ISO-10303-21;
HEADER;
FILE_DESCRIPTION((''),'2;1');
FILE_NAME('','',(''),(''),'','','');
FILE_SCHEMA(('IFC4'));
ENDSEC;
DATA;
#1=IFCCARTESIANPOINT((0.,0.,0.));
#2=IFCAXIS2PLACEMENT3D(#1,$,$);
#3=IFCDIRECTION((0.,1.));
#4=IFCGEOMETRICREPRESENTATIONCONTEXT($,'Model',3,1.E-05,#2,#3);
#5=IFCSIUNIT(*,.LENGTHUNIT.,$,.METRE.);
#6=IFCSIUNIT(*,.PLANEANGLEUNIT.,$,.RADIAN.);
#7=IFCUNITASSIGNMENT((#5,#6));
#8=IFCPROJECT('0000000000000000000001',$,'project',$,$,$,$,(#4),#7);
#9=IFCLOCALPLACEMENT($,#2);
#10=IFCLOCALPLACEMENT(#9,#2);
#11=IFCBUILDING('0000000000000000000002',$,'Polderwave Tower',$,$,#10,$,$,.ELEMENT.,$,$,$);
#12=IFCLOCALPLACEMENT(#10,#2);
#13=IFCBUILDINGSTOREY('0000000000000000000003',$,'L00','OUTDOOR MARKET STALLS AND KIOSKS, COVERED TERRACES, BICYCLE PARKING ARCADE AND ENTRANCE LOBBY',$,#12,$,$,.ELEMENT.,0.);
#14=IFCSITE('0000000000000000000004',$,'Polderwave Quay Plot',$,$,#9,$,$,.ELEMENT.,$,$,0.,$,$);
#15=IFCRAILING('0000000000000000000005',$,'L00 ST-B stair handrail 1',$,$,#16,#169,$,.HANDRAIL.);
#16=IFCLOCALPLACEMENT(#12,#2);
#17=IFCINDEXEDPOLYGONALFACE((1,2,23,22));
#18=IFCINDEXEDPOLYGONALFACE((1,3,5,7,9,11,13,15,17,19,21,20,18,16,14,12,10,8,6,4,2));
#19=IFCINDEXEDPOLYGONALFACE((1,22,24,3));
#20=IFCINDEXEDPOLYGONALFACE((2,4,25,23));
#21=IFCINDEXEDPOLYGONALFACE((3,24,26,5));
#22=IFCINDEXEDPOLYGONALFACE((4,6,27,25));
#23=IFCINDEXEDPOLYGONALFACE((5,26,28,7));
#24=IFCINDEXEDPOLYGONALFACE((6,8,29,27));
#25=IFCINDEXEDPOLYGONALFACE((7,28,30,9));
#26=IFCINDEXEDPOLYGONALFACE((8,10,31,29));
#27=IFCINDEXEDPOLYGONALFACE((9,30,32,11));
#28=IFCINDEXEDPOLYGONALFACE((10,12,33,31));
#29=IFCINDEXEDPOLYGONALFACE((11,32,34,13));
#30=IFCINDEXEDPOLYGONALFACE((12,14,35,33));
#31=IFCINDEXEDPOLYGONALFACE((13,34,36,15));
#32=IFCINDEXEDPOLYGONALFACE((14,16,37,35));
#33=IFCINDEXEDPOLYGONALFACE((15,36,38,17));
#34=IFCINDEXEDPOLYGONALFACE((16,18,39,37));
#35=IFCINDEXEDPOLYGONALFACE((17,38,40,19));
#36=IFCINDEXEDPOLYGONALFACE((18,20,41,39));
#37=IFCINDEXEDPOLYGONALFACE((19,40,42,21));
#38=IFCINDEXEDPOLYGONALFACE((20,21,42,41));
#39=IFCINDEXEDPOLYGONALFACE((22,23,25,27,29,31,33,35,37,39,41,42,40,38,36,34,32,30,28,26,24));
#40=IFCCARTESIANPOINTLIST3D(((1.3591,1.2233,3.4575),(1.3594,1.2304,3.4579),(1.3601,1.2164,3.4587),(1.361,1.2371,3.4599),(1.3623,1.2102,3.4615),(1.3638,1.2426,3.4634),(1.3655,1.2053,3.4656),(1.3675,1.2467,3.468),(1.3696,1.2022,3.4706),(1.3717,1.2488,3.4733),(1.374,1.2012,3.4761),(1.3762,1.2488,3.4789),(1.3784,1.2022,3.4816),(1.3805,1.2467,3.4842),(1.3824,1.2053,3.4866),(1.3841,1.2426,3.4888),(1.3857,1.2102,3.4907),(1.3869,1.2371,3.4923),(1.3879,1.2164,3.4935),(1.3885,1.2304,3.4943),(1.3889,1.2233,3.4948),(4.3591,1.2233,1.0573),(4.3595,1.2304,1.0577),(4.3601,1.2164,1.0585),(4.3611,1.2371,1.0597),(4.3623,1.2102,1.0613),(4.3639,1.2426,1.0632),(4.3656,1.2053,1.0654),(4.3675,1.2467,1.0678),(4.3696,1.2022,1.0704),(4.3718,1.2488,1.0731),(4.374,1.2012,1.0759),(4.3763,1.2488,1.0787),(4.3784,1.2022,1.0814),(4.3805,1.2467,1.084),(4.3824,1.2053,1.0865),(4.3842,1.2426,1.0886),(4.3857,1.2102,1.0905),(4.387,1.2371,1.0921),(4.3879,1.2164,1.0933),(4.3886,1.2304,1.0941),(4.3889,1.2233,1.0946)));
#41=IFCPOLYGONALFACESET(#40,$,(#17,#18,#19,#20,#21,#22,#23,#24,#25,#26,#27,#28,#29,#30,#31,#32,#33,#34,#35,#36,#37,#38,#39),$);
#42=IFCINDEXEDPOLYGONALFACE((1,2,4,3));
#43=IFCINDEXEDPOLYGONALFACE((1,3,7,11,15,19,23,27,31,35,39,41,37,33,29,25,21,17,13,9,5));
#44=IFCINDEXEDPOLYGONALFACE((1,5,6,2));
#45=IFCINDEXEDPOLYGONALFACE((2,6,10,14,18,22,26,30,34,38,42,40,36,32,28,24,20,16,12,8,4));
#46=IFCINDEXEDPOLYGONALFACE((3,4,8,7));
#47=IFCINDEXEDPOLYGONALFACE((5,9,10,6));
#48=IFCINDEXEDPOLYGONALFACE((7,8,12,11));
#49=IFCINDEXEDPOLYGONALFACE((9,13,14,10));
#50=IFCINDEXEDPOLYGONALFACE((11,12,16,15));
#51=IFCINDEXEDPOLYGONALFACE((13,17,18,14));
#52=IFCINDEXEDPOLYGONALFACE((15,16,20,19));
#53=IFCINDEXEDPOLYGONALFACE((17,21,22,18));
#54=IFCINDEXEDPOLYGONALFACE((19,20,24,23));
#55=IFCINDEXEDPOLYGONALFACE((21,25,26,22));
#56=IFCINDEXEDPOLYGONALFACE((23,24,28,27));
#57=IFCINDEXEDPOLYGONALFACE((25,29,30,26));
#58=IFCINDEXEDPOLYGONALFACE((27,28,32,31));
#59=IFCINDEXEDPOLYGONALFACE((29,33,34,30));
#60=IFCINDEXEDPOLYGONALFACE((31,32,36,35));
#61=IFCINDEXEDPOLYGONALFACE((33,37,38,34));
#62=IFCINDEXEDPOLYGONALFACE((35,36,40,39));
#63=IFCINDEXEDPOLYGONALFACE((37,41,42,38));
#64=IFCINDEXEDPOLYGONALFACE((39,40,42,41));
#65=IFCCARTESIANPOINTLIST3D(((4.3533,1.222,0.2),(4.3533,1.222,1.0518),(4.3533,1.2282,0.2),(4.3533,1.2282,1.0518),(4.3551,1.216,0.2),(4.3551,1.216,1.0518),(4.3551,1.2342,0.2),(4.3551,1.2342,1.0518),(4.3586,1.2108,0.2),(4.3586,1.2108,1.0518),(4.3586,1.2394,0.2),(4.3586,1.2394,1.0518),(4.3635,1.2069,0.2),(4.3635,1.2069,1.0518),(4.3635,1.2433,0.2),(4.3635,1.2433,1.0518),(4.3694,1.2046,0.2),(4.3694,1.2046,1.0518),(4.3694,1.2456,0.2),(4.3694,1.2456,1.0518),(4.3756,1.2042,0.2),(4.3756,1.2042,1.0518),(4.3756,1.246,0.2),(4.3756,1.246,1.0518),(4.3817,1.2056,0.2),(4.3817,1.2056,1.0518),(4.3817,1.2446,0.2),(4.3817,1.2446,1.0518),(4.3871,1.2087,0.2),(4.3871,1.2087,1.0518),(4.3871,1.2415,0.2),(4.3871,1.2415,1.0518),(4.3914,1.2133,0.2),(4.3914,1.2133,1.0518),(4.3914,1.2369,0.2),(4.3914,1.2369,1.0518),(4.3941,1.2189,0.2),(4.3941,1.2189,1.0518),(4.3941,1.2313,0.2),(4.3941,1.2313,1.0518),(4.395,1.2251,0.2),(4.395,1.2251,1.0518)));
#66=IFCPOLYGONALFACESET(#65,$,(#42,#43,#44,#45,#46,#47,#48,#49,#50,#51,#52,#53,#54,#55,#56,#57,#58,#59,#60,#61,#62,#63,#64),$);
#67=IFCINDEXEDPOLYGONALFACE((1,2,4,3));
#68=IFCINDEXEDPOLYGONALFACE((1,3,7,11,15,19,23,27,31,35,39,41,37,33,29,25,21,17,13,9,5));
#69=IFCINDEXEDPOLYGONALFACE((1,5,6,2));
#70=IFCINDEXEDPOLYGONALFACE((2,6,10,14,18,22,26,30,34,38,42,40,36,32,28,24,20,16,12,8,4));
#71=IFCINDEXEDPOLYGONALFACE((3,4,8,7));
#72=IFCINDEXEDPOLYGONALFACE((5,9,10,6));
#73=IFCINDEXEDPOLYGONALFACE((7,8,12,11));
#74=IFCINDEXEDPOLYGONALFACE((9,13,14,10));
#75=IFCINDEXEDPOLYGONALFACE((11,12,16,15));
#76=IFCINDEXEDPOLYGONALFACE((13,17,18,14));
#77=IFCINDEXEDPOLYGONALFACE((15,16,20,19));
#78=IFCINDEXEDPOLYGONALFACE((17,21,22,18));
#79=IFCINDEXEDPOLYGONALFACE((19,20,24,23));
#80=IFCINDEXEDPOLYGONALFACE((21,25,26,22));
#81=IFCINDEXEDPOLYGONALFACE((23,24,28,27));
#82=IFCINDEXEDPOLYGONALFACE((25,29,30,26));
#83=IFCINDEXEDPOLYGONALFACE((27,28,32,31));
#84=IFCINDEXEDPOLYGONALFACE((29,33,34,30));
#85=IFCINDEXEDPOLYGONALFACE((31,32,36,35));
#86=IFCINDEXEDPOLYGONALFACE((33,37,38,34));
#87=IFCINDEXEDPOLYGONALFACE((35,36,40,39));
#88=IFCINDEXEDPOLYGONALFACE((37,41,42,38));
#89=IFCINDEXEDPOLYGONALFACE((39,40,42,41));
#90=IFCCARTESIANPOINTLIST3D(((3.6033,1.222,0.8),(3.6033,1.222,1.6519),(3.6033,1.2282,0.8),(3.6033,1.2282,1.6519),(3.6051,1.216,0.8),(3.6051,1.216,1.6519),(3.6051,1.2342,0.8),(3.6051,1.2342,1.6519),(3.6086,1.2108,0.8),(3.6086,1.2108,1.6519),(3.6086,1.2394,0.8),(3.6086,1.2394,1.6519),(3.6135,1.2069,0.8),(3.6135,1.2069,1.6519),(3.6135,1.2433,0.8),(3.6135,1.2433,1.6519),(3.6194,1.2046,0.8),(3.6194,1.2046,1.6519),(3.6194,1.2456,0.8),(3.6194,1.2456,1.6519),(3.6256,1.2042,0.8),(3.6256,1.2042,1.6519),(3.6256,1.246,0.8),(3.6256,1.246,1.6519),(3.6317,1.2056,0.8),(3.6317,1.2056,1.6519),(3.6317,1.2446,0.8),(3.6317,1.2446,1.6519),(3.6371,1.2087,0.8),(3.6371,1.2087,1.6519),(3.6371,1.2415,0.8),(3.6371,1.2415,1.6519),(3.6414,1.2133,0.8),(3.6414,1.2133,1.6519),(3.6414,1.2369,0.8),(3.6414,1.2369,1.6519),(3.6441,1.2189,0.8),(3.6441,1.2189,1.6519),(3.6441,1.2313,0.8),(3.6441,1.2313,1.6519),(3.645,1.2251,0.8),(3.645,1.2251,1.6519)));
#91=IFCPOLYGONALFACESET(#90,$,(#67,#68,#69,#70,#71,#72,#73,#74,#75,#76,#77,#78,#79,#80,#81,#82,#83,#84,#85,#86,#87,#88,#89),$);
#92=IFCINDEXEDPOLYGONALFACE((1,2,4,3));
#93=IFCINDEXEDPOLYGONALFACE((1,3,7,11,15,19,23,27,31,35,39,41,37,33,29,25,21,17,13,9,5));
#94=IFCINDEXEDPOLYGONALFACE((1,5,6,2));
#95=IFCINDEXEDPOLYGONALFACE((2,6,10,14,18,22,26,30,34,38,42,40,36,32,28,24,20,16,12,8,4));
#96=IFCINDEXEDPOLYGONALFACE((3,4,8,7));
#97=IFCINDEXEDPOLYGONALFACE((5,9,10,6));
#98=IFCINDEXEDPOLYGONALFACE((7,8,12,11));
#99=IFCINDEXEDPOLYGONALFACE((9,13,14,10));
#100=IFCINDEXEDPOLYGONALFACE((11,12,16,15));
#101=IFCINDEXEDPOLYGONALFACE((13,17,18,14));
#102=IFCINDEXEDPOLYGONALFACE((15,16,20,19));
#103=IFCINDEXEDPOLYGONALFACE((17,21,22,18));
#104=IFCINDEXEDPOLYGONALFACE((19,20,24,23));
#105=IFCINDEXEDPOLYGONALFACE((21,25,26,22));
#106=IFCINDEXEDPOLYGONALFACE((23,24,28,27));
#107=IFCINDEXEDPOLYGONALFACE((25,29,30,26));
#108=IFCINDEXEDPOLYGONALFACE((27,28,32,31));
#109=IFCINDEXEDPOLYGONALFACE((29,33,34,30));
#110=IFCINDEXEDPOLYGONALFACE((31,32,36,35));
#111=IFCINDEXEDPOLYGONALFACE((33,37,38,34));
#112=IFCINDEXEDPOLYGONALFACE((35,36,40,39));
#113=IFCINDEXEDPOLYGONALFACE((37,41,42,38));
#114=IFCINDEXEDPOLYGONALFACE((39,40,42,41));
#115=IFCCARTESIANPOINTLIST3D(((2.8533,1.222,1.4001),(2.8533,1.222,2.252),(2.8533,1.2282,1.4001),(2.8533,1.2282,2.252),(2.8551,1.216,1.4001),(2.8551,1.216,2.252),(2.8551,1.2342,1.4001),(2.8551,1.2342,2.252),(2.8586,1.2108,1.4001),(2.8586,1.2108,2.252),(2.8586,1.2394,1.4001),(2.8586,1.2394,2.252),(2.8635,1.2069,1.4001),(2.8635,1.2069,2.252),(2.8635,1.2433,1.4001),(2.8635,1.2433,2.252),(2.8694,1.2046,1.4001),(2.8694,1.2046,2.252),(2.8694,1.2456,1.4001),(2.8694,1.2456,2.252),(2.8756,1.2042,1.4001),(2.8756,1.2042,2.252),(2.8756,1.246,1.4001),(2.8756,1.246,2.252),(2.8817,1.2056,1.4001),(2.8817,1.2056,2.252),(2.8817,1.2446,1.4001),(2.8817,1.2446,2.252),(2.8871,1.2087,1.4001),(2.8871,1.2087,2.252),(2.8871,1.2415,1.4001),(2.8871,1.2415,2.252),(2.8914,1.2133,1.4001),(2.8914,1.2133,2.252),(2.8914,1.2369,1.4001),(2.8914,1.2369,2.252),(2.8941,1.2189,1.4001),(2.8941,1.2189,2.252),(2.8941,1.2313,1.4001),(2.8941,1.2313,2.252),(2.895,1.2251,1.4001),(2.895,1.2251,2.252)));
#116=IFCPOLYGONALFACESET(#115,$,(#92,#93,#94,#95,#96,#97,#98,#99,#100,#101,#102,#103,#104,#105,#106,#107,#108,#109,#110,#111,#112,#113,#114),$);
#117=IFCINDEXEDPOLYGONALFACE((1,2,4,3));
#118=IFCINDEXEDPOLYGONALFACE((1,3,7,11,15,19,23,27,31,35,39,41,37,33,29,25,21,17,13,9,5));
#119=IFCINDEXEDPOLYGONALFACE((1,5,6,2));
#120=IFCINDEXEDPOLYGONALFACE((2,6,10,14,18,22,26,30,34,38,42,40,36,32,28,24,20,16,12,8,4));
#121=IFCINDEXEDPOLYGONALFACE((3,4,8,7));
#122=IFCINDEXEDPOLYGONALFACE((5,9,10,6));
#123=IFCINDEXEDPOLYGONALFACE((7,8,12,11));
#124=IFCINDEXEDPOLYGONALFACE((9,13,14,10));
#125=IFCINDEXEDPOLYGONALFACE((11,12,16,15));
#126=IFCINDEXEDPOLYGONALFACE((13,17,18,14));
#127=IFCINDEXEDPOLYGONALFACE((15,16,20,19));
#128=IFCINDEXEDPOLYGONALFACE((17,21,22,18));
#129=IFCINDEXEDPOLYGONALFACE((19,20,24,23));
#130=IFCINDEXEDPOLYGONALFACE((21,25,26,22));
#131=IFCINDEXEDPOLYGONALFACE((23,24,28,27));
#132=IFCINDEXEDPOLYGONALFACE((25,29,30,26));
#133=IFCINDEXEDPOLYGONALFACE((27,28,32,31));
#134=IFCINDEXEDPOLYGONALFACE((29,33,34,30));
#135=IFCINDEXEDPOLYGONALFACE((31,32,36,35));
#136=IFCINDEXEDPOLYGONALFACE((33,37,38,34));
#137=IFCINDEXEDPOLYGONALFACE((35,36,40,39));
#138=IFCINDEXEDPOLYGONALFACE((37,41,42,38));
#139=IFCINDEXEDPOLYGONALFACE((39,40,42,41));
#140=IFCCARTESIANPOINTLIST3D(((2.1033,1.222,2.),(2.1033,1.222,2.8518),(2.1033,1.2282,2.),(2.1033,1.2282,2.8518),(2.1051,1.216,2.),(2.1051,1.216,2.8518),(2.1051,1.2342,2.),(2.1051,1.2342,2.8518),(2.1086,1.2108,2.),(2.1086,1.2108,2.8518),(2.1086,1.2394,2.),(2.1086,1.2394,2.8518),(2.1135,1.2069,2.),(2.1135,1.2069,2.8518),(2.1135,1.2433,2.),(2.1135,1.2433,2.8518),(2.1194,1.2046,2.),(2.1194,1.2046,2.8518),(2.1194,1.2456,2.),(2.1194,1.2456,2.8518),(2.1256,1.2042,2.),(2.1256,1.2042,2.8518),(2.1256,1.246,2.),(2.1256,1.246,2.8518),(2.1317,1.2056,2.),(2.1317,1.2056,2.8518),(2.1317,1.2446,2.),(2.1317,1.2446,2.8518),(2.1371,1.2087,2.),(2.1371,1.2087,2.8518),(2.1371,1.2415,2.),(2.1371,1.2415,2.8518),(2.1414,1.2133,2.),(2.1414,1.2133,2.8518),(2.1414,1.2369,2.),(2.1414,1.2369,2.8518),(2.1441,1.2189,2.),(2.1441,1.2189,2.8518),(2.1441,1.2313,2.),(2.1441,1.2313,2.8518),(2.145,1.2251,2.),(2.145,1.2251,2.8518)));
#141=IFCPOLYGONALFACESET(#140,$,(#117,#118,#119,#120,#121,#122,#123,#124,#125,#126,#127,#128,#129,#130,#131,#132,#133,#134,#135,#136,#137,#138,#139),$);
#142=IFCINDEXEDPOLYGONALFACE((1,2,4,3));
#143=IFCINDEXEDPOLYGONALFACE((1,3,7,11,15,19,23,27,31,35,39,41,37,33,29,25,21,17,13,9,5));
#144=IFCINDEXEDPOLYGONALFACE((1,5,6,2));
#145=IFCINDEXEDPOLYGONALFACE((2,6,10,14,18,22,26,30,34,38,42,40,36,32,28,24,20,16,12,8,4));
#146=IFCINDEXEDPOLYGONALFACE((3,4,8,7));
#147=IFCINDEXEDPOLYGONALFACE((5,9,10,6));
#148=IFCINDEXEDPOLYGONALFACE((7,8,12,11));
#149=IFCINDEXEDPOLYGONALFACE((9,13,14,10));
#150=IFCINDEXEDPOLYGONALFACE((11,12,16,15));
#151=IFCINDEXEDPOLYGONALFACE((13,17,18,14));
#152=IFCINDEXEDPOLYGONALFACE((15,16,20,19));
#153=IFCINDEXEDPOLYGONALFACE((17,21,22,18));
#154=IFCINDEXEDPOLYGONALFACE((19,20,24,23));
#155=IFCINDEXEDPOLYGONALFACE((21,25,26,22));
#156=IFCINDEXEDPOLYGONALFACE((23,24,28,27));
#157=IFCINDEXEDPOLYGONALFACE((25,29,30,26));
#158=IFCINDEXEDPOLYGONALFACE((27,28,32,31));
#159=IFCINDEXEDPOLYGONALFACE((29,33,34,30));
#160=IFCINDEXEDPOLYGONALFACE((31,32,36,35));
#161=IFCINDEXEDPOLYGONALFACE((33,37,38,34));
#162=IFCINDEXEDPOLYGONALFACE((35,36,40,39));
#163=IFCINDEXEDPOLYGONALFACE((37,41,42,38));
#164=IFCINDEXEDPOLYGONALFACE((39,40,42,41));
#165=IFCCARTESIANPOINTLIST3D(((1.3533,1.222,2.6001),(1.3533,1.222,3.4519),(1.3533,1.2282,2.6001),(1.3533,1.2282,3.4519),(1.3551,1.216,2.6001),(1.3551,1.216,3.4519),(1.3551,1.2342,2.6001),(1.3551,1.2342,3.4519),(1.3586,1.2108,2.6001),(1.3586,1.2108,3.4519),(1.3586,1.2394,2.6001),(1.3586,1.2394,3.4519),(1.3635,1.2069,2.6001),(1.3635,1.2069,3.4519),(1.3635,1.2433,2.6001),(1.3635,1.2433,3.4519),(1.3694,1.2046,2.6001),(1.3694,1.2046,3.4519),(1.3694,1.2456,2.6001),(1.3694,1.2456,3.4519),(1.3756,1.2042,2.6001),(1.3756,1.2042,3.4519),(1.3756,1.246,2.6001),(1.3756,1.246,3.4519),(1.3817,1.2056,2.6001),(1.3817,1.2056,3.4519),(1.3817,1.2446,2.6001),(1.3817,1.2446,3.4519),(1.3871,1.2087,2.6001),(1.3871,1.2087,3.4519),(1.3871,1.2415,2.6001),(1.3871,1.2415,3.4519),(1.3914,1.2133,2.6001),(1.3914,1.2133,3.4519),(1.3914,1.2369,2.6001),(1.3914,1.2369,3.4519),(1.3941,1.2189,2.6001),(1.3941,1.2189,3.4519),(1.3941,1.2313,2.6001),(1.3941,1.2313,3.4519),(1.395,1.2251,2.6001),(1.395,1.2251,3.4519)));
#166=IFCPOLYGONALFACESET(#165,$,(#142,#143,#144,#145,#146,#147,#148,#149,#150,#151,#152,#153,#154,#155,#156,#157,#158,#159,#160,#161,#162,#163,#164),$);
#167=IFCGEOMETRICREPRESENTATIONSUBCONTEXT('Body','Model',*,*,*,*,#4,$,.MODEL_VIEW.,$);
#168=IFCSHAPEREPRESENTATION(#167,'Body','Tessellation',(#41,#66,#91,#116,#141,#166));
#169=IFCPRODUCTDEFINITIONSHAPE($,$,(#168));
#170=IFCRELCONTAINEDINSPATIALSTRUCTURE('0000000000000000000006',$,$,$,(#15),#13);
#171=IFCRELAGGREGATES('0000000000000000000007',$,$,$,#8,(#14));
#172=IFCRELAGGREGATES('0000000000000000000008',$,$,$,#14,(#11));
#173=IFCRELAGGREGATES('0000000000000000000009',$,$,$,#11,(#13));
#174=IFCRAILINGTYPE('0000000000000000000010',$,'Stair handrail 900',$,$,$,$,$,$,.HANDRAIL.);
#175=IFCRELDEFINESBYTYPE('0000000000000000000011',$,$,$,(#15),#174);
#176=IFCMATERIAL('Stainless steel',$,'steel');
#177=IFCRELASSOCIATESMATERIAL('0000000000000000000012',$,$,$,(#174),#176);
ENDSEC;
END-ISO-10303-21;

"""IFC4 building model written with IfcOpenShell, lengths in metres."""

from ifc_helpers import new_model, si_unit, direction, frame, origin, origin_2d, place, context, subcontext, project, spatial, circle, extrude, material, type_object, element, save


model = new_model("IFC4")

# Units and contexts
model_context = context("Model", 3, precision=1e-05, world=origin(), true_north=direction((0.0, 1.0)))
body_context = subcontext(model_context, "Body", "Model", "MODEL_VIEW")
ifc_project = project(units=[si_unit("LENGTHUNIT", "METRE"), si_unit("PLANEANGLEUNIT", "RADIAN")], contexts=[model_context])

# Site, building, storey
site_placement = place(None, origin())
site = spatial("IfcSite", under=ifc_project, at=site_placement, Name="Polderwave Quay Plot", CompositionType="ELEMENT", RefElevation=0.0)
building_placement = place(site_placement, origin())
building = spatial("IfcBuilding", under=site, at=building_placement, Name="Polderwave Tower", CompositionType="ELEMENT")
storey_placement = place(building_placement, origin())
storey = spatial("IfcBuildingStorey", under=building, at=storey_placement, Name="L00", Description="OUTDOOR MARKET STALLS AND KIOSKS, COVERED TERRACES, BICYCLE PARKING ARCADE AND ENTRANCE LOBBY", CompositionType="ELEMENT", Elevation=0.0)

# Railing
ifc_material_1 = material(Name="Stainless steel", Category="steel")
railing_type_1 = type_object("IfcRailingType", Name="Stair handrail 900", PredefinedType="HANDRAIL", material=ifc_material_1)
railing_1_placement = place(storey_placement, frame((4.374, 1.2251, 0.2)))
element("IfcRailing", 1, at=railing_1_placement, inside=storey, type_object=railing_type_1, Name="L00 ST-B stair handrail 1", PredefinedType="HANDRAIL", context=body_context, shape_type="SweptSolid", body=[
    extrude(circle(Radius=0.0239, at=origin_2d()), frame((0.0, 0.0, 0.876), z_axis=(-0.78085, 0.0, 0.624718), x_axis=(0.0, -1.0, 0.0)), (0.0, 0.0, 1.0), 3.842),
    extrude(circle(Radius=0.021, at=origin_2d()), origin(), (0.0, 0.0, 1.0), 0.8518),
    extrude(circle(Radius=0.021, at=origin_2d()), frame((-0.75, 0.0, 0.6001)), (0.0, 0.0, 1.0), 0.8518),
    extrude(circle(Radius=0.021, at=origin_2d()), frame((-1.5, 0.0, 1.2002)), (0.0, 0.0, 1.0), 0.8518),
    extrude(circle(Radius=0.021, at=origin_2d()), frame((-2.25, 0.0, 1.8)), (0.0, 0.0, 1.0), 0.8518),
    extrude(circle(Radius=0.021, at=origin_2d()), frame((-3.0, 0.0, 2.4001)), (0.0, 0.0, 1.0), 0.8518),
])

save(model, "model.ifc")
